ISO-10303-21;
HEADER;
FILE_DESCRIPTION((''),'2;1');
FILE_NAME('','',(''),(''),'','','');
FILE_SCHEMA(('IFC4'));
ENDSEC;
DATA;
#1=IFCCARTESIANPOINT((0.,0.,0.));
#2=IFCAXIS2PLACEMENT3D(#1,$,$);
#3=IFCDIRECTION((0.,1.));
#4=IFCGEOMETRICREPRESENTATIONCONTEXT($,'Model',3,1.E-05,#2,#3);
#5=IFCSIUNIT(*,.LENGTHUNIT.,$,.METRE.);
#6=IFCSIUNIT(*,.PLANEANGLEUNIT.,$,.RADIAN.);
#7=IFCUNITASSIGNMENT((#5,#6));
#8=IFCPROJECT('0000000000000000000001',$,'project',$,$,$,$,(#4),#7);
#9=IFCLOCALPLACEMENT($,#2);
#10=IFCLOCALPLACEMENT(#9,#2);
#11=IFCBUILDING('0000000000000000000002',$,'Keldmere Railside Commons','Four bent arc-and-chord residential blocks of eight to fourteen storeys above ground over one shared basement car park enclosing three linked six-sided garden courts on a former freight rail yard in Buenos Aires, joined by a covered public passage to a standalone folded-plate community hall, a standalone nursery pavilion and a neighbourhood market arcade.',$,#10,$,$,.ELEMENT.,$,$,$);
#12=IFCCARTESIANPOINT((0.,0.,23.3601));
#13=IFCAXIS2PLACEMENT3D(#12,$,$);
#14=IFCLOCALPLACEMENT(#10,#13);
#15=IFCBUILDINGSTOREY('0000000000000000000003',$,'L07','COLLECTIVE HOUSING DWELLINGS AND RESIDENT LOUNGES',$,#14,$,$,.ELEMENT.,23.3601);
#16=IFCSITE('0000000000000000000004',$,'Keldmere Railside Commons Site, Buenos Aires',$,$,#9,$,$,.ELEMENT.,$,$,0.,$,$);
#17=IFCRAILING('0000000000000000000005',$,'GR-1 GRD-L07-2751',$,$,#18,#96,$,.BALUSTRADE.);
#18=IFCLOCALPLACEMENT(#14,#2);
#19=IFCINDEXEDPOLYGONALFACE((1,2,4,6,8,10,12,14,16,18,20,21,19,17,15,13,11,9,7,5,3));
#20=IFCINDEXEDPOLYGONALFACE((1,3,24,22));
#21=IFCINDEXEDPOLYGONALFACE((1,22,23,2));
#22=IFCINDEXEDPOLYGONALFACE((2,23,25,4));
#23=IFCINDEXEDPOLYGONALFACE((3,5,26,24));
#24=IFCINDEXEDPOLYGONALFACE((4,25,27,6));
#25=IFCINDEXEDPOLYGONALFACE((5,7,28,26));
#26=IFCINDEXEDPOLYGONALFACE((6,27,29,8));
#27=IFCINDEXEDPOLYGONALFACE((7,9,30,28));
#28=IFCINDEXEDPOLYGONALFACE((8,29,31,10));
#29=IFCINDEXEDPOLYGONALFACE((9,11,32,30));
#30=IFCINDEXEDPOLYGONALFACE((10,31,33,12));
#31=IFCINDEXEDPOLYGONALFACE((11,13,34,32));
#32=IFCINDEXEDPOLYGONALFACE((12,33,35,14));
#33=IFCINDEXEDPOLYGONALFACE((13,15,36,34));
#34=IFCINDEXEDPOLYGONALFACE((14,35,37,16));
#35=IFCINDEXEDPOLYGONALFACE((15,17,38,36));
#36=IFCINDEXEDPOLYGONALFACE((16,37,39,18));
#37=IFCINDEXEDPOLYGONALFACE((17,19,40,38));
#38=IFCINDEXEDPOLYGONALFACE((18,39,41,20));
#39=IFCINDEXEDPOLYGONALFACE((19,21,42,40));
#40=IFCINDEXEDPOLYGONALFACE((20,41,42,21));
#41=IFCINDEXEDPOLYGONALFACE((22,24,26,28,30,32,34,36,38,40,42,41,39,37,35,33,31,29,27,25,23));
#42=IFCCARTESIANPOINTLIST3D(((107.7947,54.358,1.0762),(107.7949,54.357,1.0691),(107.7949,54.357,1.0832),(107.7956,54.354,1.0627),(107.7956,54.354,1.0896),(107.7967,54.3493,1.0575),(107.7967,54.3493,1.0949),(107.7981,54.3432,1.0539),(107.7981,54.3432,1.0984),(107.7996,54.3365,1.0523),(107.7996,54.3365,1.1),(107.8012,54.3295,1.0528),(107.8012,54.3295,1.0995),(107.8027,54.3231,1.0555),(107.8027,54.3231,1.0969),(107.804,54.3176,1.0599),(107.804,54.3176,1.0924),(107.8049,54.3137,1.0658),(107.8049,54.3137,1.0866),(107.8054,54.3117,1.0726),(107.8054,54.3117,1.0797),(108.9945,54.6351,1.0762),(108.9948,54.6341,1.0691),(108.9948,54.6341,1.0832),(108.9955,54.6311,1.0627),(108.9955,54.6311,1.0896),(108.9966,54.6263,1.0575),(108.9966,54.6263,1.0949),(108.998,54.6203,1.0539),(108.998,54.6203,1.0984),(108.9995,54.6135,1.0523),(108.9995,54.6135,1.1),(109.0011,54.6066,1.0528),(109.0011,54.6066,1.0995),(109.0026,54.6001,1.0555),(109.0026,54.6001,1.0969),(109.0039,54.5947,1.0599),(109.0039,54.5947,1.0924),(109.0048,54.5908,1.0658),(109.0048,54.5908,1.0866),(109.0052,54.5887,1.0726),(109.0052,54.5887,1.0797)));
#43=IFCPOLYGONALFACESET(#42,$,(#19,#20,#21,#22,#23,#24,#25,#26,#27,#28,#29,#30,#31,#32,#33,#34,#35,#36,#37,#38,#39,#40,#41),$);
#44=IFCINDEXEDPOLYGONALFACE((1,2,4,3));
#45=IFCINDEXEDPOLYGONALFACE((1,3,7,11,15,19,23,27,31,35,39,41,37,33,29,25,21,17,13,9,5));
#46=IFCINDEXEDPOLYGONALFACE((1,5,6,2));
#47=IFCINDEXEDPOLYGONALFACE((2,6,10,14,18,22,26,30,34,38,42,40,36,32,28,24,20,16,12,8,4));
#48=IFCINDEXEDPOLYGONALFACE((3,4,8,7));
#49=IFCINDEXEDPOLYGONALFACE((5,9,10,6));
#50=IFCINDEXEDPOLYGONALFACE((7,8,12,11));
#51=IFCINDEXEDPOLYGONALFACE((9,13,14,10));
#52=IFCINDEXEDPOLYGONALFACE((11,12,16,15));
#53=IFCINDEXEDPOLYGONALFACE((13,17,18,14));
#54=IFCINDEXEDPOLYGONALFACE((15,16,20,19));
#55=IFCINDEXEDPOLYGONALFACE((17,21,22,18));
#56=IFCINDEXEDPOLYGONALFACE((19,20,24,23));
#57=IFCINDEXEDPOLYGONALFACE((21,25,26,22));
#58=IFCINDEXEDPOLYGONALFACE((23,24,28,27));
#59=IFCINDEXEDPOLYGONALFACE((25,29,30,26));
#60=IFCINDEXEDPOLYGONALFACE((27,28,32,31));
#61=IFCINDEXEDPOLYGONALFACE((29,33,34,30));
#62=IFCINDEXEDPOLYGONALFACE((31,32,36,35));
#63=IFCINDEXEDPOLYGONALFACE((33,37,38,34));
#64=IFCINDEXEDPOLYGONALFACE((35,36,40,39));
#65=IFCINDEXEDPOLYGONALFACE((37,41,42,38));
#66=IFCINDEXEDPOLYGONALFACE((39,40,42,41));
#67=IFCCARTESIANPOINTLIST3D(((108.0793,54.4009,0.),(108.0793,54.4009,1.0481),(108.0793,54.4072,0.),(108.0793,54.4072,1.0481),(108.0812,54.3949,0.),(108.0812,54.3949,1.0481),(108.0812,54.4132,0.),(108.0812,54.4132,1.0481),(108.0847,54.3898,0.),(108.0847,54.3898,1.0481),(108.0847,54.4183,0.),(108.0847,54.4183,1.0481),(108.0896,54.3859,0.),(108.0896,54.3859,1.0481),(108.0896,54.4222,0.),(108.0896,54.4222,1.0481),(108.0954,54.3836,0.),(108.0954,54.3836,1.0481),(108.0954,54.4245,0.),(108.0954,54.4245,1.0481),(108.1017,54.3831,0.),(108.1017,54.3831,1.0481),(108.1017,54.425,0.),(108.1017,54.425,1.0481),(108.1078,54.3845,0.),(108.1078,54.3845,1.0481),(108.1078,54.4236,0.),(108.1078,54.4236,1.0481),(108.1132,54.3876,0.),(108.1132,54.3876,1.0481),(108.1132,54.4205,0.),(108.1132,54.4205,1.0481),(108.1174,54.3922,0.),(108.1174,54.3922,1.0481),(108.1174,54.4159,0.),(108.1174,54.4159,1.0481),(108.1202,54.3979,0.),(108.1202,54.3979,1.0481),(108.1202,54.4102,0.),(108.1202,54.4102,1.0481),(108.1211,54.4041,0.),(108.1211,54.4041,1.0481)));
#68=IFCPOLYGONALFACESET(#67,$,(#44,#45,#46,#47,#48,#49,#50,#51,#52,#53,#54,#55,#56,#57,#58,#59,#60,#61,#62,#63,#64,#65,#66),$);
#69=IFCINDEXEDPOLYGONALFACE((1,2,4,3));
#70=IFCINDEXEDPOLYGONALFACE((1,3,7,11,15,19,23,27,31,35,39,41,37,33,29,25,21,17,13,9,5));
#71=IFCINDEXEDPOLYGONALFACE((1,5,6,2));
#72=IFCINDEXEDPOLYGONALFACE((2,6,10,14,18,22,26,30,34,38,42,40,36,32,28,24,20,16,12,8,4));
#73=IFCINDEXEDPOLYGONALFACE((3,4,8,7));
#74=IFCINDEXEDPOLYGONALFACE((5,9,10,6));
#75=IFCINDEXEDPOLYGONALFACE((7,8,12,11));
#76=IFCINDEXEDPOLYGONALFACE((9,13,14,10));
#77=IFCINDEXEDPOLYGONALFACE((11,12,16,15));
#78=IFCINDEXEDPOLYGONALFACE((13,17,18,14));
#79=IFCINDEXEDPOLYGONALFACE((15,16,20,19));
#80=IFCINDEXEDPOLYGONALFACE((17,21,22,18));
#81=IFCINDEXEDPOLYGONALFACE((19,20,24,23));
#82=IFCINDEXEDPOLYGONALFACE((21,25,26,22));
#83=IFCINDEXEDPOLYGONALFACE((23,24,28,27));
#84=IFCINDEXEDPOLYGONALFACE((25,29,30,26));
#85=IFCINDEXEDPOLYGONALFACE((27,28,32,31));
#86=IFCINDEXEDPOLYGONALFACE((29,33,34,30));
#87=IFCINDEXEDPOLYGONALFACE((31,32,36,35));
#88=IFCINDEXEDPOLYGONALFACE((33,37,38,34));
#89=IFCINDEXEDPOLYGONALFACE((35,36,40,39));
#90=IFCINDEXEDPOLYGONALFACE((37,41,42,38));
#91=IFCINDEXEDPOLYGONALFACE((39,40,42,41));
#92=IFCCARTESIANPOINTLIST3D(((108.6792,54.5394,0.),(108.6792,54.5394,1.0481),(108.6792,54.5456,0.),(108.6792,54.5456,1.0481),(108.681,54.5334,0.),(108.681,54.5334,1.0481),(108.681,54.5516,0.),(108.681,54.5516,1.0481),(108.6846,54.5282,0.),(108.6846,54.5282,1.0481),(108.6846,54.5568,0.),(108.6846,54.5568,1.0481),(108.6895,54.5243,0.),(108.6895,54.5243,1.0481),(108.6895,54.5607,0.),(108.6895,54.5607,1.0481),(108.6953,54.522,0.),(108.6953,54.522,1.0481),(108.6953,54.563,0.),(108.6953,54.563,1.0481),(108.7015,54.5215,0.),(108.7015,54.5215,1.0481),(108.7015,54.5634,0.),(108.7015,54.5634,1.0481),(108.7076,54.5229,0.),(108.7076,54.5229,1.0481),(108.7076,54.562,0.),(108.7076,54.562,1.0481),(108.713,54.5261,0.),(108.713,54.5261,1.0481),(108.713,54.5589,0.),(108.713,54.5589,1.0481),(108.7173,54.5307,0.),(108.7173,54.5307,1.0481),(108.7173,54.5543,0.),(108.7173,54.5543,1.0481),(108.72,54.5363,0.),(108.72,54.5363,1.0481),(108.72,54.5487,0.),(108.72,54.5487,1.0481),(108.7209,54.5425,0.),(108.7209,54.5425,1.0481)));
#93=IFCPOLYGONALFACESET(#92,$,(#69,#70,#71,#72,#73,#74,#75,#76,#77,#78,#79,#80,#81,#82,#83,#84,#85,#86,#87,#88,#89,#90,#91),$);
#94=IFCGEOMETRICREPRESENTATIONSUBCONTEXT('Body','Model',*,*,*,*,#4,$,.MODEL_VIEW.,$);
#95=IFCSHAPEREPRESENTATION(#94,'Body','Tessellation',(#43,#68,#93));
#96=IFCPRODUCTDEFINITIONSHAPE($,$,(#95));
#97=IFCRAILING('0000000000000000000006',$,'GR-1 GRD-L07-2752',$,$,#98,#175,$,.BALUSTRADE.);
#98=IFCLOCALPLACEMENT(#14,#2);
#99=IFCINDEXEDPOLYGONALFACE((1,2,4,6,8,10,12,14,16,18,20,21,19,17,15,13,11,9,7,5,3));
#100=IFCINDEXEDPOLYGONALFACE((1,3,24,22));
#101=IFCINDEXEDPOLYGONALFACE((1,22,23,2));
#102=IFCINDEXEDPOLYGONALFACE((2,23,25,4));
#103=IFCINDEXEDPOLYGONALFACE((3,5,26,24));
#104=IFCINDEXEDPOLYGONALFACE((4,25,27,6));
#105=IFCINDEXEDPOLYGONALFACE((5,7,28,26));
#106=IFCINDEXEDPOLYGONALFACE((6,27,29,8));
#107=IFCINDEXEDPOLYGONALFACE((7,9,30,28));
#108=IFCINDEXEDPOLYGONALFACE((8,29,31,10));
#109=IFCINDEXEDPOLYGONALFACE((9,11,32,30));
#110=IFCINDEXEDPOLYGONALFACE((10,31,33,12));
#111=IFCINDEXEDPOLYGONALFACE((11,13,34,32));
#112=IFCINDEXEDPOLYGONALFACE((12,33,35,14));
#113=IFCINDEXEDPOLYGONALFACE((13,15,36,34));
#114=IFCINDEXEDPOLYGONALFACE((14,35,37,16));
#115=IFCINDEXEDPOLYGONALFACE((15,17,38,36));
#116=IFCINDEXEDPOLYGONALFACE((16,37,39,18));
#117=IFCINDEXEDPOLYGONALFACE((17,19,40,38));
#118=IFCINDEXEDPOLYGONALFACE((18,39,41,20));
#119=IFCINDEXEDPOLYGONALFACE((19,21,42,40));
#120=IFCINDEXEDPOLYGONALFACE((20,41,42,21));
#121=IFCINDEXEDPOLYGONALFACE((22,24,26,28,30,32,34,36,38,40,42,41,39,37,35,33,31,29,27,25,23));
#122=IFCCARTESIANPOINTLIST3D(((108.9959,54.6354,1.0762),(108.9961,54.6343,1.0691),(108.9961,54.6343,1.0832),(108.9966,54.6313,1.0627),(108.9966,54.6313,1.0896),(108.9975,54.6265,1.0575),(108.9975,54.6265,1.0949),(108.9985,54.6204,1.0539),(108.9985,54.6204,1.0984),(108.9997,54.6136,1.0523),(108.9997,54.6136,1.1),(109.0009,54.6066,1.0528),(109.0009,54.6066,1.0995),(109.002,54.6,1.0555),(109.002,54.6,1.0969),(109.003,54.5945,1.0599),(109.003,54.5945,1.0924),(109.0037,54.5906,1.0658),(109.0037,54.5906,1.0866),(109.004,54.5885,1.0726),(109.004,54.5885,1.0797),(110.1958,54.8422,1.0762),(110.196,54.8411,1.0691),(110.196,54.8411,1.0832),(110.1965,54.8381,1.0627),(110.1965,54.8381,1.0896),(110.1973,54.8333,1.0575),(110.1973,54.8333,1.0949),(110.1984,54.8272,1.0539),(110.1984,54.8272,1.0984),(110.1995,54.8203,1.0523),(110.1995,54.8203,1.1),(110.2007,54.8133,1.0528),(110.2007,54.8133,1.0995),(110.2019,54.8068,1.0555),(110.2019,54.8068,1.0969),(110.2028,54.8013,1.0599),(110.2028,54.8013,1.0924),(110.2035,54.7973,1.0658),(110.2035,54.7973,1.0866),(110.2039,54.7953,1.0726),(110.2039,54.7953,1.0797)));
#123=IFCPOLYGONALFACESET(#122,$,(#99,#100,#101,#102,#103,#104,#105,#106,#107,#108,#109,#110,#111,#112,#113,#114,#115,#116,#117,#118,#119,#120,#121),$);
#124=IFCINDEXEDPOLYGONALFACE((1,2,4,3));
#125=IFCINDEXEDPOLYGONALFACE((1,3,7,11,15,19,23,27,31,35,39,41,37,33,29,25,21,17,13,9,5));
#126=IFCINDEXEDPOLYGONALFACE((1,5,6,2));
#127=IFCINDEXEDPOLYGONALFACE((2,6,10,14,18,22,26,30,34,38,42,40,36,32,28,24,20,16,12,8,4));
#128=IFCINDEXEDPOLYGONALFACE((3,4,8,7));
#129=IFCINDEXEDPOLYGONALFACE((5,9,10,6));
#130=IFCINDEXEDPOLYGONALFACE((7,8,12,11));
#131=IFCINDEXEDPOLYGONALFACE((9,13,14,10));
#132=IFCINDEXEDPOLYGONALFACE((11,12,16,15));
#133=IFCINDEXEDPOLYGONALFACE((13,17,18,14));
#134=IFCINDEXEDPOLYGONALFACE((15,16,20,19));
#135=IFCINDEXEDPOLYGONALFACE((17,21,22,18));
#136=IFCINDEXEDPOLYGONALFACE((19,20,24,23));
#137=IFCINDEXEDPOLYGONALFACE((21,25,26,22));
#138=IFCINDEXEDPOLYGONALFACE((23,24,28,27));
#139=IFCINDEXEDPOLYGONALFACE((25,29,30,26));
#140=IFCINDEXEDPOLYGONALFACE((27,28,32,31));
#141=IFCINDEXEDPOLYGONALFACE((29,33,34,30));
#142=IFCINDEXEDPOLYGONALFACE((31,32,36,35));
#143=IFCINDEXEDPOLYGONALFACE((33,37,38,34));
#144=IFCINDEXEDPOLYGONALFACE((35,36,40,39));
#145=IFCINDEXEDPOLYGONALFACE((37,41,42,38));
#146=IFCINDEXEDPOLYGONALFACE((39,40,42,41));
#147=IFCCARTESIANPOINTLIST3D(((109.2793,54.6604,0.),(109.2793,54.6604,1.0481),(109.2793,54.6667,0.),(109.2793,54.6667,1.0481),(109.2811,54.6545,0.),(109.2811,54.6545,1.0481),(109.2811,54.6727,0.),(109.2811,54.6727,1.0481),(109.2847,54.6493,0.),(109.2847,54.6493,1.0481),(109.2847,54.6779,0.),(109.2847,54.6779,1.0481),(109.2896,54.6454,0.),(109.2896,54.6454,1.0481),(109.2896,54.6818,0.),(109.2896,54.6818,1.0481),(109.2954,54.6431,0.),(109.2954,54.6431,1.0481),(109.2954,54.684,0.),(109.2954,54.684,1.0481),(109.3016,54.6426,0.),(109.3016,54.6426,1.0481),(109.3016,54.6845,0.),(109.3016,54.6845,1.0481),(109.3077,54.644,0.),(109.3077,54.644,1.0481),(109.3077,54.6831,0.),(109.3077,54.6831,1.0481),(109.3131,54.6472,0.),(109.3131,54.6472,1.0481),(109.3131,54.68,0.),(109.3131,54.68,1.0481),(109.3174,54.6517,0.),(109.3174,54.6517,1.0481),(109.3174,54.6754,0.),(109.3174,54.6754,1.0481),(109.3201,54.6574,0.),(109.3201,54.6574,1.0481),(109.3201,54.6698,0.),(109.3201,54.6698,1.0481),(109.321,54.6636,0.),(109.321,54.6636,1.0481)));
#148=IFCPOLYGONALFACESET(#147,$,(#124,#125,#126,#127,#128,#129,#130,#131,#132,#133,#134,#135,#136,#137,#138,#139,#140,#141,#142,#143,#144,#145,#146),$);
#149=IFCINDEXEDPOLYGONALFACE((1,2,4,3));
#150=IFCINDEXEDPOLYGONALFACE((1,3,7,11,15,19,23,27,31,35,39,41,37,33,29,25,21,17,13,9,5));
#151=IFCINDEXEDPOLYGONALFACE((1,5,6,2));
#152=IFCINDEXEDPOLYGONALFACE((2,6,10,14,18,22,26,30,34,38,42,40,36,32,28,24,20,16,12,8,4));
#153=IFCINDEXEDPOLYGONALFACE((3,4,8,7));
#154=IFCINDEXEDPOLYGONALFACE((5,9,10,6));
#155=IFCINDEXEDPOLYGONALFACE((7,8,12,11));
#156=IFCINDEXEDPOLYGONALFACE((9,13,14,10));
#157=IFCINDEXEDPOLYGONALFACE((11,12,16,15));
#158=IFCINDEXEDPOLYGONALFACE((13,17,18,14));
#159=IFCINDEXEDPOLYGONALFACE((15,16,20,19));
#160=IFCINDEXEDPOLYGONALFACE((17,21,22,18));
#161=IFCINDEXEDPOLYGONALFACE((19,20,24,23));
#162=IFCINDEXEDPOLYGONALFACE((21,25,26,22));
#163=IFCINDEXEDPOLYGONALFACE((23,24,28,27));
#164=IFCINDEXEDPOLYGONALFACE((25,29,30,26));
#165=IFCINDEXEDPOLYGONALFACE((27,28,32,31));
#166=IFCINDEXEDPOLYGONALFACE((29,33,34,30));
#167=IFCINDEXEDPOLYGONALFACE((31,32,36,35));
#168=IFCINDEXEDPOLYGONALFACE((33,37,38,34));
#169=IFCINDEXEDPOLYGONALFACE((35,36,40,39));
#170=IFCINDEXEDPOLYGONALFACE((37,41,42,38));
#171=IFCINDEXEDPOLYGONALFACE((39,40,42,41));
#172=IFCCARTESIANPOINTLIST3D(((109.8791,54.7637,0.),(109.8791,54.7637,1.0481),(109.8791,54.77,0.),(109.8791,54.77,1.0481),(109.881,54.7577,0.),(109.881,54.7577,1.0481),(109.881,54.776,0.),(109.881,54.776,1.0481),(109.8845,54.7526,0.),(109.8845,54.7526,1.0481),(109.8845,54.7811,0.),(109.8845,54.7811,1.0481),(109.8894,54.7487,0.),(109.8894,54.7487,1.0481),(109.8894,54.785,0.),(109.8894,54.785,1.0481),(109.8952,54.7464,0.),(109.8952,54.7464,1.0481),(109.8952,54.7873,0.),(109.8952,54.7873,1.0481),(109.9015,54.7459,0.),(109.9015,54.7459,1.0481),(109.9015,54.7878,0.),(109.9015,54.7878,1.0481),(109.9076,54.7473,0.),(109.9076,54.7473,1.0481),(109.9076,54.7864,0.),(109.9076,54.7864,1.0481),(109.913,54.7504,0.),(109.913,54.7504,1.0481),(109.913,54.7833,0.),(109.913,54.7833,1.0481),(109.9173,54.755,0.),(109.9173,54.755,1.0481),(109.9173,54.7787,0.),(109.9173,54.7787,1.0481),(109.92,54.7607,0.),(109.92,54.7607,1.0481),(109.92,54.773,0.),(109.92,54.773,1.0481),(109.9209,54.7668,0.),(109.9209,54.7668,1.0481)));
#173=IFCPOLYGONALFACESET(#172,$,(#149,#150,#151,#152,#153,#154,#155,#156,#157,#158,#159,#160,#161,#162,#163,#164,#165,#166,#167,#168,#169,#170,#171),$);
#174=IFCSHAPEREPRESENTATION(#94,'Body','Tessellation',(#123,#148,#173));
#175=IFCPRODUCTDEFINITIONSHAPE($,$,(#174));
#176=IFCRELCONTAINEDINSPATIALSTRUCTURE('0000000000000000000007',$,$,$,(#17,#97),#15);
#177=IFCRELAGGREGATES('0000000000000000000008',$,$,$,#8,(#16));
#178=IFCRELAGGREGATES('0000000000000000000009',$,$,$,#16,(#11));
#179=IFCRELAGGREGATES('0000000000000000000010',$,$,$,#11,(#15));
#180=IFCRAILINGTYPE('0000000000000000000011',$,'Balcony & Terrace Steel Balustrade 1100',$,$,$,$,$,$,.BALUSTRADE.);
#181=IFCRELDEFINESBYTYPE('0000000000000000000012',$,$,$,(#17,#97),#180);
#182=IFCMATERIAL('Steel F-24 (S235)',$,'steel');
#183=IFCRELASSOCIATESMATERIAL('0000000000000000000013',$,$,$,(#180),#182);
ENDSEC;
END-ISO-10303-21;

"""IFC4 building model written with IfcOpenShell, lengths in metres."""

from ifc_helpers import new_model, si_unit, direction, frame, origin, origin_2d, place, context, subcontext, project, spatial, circle, extrude, material, type_object, element, save


model = new_model("IFC4")

# Units and contexts
model_context = context("Model", 3, precision=1e-05, world=origin(), true_north=direction((0.0, 1.0)))
body_context = subcontext(model_context, "Body", "Model", "MODEL_VIEW")
ifc_project = project(units=[si_unit("LENGTHUNIT", "METRE"), si_unit("PLANEANGLEUNIT", "RADIAN")], contexts=[model_context])

# Site, building, storey
site_placement = place(None, origin())
site = spatial("IfcSite", under=ifc_project, at=site_placement, Name="Keldmere Railside Commons Site, Buenos Aires", CompositionType="ELEMENT", RefElevation=0.0)
building_placement = place(site_placement, origin())
building = spatial("IfcBuilding", under=site, at=building_placement, Name="Keldmere Railside Commons", Description="Four bent arc-and-chord residential blocks of eight to fourteen storeys above ground over one shared basement car park enclosing three linked six-sided garden courts on a former freight rail yard in Buenos Aires, joined by a covered public passage to a standalone folded-plate community hall, a standalone nursery pavilion and a neighbourhood market arcade.", CompositionType="ELEMENT")
storey_placement = place(building_placement, frame((0.0, 0.0, 23.3601)))
storey = spatial("IfcBuildingStorey", under=building, at=storey_placement, Name="L07", Description="COLLECTIVE HOUSING DWELLINGS AND RESIDENT LOUNGES", CompositionType="ELEMENT", Elevation=23.3601)

# Railings
ifc_material_1 = material(Name="Steel F-24 (S235)", Category="steel")
railing_type = type_object("IfcRailingType", Name="Balcony & Terrace Steel Balustrade 1100", PredefinedType="BALUSTRADE", material=ifc_material_1)
railing_1_placement = place(storey_placement, frame((107.8, 54.3347, 0.0)))
element("IfcRailing", 1, at=railing_1_placement, inside=storey, type_object=railing_type, Name="GR-1 GRD-L07-2751", PredefinedType="BALUSTRADE", context=body_context, shape_type="SweptSolid", body=[
    extrude(circle(Radius=0.0239, at=origin_2d()), frame((0.0, 0.0, 1.0762), z_axis=(0.974358, 0.225004, 0.0), x_axis=(-0.225004, 0.974358, 0.0)), (0.0, 0.0, 1.0), 1.2314),
    extrude(circle(Radius=0.021, at=origin_2d()), frame((0.3, 0.0693, 0.0)), (0.0, 0.0, 1.0), 1.0481),
    extrude(circle(Radius=0.021, at=origin_2d()), frame((0.8999, 0.2078, 0.0)), (0.0, 0.0, 1.0), 1.0481),
])
railing_2_placement = place(storey_placement, frame((109.0, 54.6118, 0.0)))
element("IfcRailing", 2, at=railing_2_placement, inside=storey, type_object=railing_type, Name="GR-1 GRD-L07-2752", PredefinedType="BALUSTRADE", context=body_context, shape_type="SweptSolid", body=[
    extrude(circle(Radius=0.0239, at=origin_2d()), frame((0.0, 0.0, 1.0762), z_axis=(0.985474, 0.169826, 0.0), x_axis=(-0.169826, 0.985474, 0.0)), (0.0, 0.0, 1.0), 1.2175),
    extrude(circle(Radius=0.021, at=origin_2d()), frame((0.3, 0.0518, 0.0)), (0.0, 0.0, 1.0), 1.0481),
    extrude(circle(Radius=0.021, at=origin_2d()), frame((0.8999, 0.155, 0.0)), (0.0, 0.0, 1.0), 1.0481),
])

save(model, "model.ifc")
